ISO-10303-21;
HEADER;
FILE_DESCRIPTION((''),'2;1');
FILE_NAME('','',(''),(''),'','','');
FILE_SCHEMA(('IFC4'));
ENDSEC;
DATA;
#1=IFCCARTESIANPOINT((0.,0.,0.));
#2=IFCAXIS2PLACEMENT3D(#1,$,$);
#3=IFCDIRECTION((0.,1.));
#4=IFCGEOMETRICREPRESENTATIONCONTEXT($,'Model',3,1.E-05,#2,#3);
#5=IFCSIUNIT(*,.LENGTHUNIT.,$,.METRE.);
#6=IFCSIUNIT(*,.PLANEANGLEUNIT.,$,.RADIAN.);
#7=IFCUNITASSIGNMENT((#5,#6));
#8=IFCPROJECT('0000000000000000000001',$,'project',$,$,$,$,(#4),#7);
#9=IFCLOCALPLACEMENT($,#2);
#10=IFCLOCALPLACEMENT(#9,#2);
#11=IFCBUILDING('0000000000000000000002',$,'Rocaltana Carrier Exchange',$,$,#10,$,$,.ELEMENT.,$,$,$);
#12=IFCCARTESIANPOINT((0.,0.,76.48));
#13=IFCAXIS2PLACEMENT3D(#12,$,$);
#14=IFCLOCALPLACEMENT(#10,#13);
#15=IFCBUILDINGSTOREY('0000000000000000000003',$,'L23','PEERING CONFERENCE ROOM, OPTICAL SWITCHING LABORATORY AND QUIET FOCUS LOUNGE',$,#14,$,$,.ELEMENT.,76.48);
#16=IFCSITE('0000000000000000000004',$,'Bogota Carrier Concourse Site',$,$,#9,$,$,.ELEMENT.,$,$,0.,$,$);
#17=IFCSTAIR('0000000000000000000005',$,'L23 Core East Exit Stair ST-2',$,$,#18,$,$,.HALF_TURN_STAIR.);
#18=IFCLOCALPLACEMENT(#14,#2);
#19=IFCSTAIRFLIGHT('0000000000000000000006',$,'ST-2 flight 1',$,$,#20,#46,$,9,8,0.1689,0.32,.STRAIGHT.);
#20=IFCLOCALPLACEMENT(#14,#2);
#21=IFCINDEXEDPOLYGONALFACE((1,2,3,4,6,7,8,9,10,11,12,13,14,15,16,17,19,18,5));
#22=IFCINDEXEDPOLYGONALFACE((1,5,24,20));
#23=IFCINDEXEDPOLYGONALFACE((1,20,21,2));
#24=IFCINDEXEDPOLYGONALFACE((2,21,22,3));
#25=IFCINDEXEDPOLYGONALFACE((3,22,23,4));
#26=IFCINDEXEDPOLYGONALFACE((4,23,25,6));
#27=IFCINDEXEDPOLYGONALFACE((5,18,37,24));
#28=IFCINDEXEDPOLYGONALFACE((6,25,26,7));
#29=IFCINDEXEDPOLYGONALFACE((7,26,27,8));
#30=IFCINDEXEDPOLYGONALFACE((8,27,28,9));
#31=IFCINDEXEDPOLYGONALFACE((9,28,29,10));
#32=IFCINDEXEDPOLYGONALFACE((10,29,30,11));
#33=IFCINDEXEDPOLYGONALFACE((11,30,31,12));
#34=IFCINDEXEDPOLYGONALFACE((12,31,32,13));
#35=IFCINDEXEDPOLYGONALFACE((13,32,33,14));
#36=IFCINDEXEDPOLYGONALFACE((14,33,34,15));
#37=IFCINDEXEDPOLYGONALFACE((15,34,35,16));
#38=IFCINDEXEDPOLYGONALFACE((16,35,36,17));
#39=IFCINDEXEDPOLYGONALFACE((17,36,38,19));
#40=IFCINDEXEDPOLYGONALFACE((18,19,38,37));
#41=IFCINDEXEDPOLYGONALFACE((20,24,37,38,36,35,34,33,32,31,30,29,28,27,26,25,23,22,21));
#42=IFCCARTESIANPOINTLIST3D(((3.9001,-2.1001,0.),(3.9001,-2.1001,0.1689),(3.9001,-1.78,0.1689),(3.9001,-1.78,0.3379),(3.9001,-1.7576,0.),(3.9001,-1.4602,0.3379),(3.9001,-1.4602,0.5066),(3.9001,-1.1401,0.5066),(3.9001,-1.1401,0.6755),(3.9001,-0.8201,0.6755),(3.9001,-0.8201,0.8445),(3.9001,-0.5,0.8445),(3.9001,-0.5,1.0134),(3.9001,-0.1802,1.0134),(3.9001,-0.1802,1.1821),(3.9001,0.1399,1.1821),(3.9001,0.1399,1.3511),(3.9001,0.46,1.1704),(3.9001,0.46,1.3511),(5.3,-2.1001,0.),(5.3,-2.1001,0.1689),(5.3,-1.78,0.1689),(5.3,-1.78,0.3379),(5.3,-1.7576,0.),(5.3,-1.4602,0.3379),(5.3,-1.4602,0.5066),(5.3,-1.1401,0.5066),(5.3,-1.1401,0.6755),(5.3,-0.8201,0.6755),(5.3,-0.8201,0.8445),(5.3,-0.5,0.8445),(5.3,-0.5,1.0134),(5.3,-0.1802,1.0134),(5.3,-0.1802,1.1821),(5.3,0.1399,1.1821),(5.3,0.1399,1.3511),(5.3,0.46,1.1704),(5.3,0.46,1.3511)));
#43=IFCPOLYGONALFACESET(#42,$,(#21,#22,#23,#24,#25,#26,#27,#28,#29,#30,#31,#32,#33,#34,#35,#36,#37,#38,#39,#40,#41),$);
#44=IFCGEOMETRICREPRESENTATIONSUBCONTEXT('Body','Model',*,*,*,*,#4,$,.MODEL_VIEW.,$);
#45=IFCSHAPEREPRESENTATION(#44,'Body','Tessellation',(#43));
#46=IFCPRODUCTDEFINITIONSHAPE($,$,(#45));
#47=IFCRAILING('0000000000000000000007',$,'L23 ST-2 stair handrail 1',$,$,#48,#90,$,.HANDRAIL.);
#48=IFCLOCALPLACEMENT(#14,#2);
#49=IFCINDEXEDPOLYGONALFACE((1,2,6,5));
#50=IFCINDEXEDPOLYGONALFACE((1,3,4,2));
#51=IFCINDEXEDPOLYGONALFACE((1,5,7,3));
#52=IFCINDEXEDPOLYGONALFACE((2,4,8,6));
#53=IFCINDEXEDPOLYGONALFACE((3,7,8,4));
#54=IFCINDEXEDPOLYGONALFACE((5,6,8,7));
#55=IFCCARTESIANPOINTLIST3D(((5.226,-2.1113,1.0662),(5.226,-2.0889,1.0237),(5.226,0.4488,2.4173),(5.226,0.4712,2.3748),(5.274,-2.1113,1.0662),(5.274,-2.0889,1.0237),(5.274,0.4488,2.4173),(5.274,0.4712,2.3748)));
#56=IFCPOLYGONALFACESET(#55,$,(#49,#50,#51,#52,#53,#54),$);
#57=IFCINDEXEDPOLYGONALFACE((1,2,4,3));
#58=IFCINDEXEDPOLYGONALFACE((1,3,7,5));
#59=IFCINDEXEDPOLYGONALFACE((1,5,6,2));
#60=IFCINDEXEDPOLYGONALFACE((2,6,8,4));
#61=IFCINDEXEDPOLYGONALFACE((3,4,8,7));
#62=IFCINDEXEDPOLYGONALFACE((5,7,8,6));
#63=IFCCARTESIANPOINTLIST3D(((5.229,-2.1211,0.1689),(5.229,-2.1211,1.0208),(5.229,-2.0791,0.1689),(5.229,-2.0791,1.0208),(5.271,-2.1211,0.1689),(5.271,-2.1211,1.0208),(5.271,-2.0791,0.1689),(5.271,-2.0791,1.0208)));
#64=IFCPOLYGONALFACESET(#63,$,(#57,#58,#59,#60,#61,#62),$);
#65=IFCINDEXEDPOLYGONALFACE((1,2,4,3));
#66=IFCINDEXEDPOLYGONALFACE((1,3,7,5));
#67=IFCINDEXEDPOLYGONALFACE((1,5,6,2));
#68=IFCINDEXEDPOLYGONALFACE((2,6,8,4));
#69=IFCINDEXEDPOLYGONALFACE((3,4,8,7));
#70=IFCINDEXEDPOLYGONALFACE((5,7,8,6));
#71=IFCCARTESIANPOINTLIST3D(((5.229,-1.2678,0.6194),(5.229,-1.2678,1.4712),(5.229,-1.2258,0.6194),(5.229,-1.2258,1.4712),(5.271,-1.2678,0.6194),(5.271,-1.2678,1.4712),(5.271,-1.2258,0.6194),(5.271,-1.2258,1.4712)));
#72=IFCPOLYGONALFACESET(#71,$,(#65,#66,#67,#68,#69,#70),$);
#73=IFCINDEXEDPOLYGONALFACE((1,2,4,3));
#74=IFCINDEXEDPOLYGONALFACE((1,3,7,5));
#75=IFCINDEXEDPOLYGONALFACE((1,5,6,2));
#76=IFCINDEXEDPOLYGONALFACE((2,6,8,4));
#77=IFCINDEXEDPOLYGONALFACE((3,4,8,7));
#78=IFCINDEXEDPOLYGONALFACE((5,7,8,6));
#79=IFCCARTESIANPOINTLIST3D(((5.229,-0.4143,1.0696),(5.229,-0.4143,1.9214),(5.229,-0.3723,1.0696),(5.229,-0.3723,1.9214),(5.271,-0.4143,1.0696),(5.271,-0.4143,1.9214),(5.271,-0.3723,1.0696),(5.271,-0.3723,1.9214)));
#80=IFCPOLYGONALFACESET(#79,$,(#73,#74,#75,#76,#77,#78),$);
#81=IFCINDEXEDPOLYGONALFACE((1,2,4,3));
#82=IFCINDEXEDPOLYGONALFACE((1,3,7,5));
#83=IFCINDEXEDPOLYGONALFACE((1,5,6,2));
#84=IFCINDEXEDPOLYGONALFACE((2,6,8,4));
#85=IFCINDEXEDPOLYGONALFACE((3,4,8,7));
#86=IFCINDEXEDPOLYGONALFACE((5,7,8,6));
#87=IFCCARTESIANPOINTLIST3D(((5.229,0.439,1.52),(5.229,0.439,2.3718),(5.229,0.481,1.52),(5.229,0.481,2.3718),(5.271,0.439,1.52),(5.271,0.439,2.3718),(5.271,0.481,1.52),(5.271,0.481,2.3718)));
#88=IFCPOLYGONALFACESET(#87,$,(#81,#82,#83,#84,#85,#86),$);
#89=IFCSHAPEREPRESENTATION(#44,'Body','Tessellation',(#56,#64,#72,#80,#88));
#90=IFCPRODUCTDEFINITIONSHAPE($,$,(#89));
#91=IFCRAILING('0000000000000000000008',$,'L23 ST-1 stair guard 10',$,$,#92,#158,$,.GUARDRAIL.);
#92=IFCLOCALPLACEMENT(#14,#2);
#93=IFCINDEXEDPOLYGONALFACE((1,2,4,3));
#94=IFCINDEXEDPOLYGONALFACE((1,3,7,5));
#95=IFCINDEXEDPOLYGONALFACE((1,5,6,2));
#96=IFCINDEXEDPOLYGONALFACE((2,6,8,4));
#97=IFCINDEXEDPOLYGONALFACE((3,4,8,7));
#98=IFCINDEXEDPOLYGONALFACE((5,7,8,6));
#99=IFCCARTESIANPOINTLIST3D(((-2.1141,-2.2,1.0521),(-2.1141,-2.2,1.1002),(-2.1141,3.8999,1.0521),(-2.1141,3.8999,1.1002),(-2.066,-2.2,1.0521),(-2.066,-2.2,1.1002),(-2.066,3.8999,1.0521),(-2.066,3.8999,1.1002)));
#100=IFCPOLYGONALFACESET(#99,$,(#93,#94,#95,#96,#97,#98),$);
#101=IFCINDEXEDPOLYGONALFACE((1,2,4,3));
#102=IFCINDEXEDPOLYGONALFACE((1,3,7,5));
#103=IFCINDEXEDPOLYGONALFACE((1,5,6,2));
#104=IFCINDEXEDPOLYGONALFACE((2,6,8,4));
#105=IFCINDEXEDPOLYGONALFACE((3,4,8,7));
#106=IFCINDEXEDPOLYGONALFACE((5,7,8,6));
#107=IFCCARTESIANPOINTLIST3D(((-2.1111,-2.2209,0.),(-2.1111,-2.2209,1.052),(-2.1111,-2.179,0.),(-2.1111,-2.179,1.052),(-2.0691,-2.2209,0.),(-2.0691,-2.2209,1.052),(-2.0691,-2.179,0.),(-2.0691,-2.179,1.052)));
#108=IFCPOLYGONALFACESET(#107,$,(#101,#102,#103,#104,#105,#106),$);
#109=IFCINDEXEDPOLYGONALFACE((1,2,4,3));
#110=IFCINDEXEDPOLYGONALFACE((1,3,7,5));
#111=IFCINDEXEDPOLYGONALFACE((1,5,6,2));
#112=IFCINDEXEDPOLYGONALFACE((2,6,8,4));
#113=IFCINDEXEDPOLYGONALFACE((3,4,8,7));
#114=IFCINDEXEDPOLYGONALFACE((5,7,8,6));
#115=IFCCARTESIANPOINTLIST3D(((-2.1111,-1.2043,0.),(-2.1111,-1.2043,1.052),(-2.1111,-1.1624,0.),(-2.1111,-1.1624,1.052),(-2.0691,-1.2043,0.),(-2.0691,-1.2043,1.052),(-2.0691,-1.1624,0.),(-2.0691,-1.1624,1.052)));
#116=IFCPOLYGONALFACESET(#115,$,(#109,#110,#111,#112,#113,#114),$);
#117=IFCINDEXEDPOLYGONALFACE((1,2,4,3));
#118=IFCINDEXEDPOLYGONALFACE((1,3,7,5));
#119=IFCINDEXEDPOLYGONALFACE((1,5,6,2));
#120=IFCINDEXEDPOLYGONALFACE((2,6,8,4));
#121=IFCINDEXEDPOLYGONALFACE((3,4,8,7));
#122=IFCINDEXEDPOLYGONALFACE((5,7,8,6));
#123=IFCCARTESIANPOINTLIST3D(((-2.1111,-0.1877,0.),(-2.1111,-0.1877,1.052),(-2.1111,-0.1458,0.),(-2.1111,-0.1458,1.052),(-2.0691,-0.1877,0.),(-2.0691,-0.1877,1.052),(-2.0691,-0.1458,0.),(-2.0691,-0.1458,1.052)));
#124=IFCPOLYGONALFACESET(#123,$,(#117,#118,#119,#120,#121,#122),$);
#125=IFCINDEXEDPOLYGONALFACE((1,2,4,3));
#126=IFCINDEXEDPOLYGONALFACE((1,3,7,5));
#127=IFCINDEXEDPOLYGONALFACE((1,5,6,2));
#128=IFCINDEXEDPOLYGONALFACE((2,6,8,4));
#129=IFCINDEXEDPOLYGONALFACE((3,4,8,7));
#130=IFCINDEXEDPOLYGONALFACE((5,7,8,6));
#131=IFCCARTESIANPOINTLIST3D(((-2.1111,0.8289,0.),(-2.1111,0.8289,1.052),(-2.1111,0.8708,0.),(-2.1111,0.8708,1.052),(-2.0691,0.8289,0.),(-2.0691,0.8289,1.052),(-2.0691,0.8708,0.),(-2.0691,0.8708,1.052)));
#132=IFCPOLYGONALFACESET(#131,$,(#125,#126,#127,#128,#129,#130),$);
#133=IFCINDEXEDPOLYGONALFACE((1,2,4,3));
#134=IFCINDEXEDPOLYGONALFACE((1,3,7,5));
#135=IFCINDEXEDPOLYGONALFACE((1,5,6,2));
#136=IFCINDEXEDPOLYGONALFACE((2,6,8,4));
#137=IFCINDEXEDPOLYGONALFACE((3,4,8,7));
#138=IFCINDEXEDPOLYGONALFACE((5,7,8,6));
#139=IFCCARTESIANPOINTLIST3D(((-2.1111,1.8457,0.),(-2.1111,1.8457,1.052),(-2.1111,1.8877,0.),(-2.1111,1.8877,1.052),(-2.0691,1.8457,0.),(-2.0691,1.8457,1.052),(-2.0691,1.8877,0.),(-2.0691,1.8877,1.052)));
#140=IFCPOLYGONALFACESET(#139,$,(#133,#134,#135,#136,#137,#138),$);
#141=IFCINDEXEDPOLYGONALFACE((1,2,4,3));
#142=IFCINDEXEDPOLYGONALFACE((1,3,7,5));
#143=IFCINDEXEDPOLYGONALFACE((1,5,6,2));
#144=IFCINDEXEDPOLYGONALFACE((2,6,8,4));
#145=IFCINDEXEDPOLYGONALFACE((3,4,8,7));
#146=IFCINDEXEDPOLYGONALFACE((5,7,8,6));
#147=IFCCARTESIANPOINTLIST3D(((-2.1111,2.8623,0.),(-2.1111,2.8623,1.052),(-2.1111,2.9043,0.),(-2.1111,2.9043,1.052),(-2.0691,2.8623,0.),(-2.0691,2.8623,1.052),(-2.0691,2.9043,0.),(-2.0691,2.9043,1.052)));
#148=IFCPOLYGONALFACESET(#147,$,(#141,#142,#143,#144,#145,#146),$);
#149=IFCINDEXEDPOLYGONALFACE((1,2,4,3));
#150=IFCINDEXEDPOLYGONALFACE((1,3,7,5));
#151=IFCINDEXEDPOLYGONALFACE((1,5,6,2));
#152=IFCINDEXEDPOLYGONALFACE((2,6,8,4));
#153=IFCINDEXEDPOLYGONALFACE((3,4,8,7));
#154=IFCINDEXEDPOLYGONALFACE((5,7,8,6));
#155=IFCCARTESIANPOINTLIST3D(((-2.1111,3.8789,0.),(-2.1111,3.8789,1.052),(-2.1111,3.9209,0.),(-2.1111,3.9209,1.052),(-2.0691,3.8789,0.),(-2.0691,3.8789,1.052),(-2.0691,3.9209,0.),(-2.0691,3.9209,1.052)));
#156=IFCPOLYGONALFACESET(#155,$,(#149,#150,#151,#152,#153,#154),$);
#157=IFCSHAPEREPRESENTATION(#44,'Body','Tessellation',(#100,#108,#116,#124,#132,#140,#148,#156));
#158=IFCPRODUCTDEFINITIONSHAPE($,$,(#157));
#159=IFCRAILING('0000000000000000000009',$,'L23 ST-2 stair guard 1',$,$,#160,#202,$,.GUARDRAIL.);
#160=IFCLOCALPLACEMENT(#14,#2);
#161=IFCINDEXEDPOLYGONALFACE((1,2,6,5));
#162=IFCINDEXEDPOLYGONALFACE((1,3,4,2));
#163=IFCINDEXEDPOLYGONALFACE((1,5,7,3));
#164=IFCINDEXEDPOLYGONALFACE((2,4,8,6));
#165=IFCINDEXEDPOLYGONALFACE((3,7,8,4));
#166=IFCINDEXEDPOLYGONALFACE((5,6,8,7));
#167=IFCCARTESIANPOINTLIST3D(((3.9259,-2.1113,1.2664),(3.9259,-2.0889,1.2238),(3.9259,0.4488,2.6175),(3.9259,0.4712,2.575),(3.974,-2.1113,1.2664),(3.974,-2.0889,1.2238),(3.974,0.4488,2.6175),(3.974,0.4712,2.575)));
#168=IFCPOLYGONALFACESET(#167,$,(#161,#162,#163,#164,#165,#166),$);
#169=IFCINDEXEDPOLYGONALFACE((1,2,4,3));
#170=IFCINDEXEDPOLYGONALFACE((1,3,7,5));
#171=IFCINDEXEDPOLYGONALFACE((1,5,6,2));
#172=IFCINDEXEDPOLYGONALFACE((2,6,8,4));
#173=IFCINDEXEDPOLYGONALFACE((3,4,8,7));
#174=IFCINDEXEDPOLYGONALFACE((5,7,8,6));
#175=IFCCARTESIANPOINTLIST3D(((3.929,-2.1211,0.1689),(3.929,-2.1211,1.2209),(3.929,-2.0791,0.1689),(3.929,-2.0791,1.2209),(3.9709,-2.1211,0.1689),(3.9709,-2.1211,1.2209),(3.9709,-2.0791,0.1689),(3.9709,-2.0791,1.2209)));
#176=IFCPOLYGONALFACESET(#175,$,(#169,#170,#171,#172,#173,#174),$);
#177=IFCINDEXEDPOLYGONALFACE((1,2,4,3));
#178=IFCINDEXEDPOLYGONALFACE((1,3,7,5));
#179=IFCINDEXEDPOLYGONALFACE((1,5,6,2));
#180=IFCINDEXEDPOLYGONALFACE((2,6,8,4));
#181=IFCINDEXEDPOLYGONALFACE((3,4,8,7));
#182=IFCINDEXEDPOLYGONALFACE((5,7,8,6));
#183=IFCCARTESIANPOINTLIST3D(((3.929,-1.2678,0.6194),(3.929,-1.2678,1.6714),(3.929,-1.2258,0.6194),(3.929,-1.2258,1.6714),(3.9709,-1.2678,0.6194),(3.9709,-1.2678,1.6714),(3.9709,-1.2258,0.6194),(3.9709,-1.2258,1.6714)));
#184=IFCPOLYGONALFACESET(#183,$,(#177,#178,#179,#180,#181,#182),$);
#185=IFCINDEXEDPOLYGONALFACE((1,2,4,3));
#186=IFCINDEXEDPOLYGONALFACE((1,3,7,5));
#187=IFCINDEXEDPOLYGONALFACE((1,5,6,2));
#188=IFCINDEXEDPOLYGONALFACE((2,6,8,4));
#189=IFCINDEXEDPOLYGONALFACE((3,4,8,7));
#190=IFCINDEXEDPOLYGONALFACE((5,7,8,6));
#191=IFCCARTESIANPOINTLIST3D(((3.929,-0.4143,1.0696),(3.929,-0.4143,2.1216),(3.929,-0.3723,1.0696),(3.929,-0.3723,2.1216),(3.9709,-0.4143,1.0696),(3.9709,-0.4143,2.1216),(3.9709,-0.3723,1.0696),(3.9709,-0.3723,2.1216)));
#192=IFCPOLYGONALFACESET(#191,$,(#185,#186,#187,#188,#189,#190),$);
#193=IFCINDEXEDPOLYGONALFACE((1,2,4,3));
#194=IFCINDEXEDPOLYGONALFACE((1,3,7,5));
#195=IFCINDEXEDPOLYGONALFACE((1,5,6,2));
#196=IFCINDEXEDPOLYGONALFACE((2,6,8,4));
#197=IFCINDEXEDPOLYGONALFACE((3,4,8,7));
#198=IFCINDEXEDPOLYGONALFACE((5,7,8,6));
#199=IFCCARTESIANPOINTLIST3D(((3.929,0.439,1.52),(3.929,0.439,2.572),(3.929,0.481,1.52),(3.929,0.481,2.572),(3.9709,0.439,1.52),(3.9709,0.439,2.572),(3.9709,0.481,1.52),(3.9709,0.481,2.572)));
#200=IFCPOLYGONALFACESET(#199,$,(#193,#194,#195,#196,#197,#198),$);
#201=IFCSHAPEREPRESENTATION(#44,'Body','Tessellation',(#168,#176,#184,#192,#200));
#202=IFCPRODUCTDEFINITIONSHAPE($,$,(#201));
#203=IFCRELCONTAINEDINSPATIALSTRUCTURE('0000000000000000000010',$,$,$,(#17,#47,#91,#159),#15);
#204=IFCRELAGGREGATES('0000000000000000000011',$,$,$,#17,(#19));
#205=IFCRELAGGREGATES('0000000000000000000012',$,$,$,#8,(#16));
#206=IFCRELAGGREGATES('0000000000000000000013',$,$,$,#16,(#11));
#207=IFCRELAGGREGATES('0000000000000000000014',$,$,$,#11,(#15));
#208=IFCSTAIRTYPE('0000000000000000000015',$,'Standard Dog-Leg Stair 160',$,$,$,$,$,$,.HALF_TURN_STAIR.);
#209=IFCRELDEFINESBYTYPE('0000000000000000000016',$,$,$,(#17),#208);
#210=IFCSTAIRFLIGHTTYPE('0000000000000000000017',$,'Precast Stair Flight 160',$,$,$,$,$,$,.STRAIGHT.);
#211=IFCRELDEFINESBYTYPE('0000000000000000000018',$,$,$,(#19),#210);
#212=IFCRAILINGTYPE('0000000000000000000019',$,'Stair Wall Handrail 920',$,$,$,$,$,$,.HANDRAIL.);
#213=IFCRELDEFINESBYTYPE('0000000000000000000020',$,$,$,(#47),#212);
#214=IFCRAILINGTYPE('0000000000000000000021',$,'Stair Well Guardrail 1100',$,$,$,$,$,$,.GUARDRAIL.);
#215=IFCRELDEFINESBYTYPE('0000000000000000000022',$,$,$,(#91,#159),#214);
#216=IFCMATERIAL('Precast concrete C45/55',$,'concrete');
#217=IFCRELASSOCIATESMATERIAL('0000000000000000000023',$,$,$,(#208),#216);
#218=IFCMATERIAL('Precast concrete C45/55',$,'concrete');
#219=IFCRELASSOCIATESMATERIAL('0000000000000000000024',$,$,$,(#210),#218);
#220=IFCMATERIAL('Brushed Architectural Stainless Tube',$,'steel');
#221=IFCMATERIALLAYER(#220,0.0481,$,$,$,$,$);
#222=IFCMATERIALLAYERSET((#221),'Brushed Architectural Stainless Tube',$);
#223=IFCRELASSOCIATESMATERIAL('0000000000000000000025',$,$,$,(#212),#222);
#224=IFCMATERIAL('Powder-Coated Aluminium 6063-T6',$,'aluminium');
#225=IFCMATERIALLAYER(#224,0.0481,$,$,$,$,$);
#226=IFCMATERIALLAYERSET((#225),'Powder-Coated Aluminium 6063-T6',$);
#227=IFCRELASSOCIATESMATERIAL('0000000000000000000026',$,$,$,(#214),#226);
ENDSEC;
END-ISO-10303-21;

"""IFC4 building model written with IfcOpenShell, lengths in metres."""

from ifc_helpers import new_model, si_unit, direction, frame, origin, origin_2d, place, context, subcontext, project, spatial, polyline, rectangle, outline, extrude, material, layer, layer_set, type_object, element, aggregate, save


model = new_model("IFC4")

# Units and contexts
model_context = context("Model", 3, precision=1e-05, world=origin(), true_north=direction((0.0, 1.0)))
body_context = subcontext(model_context, "Body", "Model", "MODEL_VIEW")
ifc_project = project(units=[si_unit("LENGTHUNIT", "METRE"), si_unit("PLANEANGLEUNIT", "RADIAN")], contexts=[model_context])

# Site, building, storey
site_placement = place(None, origin())
site = spatial("IfcSite", under=ifc_project, at=site_placement, Name="Bogota Carrier Concourse Site", CompositionType="ELEMENT", RefElevation=0.0)
building_placement = place(site_placement, origin())
building = spatial("IfcBuilding", under=site, at=building_placement, Name="Rocaltana Carrier Exchange", CompositionType="ELEMENT")
storey_placement = place(building_placement, frame((0.0, 0.0, 76.48)))
storey = spatial("IfcBuildingStorey", under=building, at=storey_placement, Name="L23", Description="PEERING CONFERENCE ROOM, OPTICAL SWITCHING LABORATORY AND QUIET FOCUS LOUNGE", CompositionType="ELEMENT", Elevation=76.48)

# Stair, stair flight
ifc_material_1 = material(Name="Precast concrete C45/55", Category="concrete")
stair_type = type_object("IfcStairType", Name="Standard Dog-Leg Stair 160", PredefinedType="HALF_TURN_STAIR", material=ifc_material_1)
stair_placement = place(storey_placement, origin())
stair = element("IfcStair", 1, at=stair_placement, inside=storey, type_object=stair_type, Name="L23 Core East Exit Stair ST-2", PredefinedType="HALF_TURN_STAIR")
ifc_material_2 = material(Name="Precast concrete C45/55", Category="concrete")
stair_flight_type = type_object("IfcStairFlightType", Name="Precast Stair Flight 160", PredefinedType="STRAIGHT", material=ifc_material_2)
stair_flight_placement = place(storey_placement, frame((4.6001, -2.1001, 0.0), z_axis=(0.0, 0.0, 1.0), x_axis=(0.0, 1.0, 0.0)))
stair_flight = element("IfcStairFlight", 2, at=stair_flight_placement, type_object=stair_flight_type, Name="ST-2 flight 1", NumberOfRisers=9, NumberOfTreads=8, PredefinedType="STRAIGHT", RiserHeight=0.1689, TreadLength=0.32, context=body_context, shape_type="SweptSolid", body=[
    extrude(outline(polyline([(0.0, 0.0), (0.0, 0.1689), (0.3201, 0.1689), (0.3201, 0.3379), (0.6399, 0.3379), (0.6399, 0.5066), (0.96, 0.5066), (0.96, 0.6755), (1.28, 0.6755), (1.28, 0.8445), (1.6001, 0.8445), (1.6001, 1.0134), (1.9199, 1.0134), (1.9199, 1.1821), (2.24, 1.1821), (2.24, 1.3511), (2.5601, 1.3511), (2.5601, 1.52), (2.5601, 1.1704), (0.3425, 0.0), (0.0, 0.0)])), frame((0.0, 0.7, 0.0), z_axis=(0.0, -1.0, 0.0), x_axis=(1.0, 0.0, 0.0)), (0.0, 0.0, 1.0), 1.3999),
])
aggregate(stair, [stair_flight])

# Railings
ifc_material_3 = material(Name="Brushed Architectural Stainless Tube", Category="steel")
ifc_layer_1 = layer(ifc_material_3, 0.0481)
ifc_layer_set_1 = layer_set([ifc_layer_1], Name="Brushed Architectural Stainless Tube")
railing_type_1 = type_object("IfcRailingType", Name="Stair Wall Handrail 920", PredefinedType="HANDRAIL", material=ifc_layer_set_1)
railing_1_placement = place(storey_placement, frame((5.25, -2.1001, 0.1689)))
element("IfcRailing", 3, at=railing_1_placement, inside=storey, type_object=railing_type_1, Name="L23 ST-2 stair handrail 1", PredefinedType="HANDRAIL", context=body_context, shape_type="SweptSolid", body=[
    extrude(rectangle(XDim=0.0481, YDim=0.0481, at=origin_2d()), frame((0.0, 0.0, 0.876), z_axis=(0.0, 0.884394, 0.46674), x_axis=(-1.0, 0.0, 0.0)), (0.0, 0.0, 1.0), 2.8948),
    extrude(rectangle(XDim=0.042, YDim=0.042, at=origin_2d()), origin(), (0.0, 0.0, 1.0), 0.8518),
    extrude(rectangle(XDim=0.042, YDim=0.042, at=origin_2d()), frame((0.0, 0.8533, 0.4504)), (0.0, 0.0, 1.0), 0.8518),
    extrude(rectangle(XDim=0.042, YDim=0.042, at=origin_2d()), frame((0.0, 1.7068, 0.9006)), (0.0, 0.0, 1.0), 0.8518),
    extrude(rectangle(XDim=0.042, YDim=0.042, at=origin_2d()), frame((0.0, 2.5601, 1.3511)), (0.0, 0.0, 1.0), 0.8518),
])
ifc_material_4 = material(Name="Powder-Coated Aluminium 6063-T6", Category="aluminium")
ifc_layer_2 = layer(ifc_material_4, 0.0481)
ifc_layer_set_2 = layer_set([ifc_layer_2], Name="Powder-Coated Aluminium 6063-T6")
railing_type_2 = type_object("IfcRailingType", Name="Stair Well Guardrail 1100", PredefinedType="GUARDRAIL", material=ifc_layer_set_2)
railing_2_placement = place(storey_placement, frame((-2.0901, -2.2, 0.0)))
element("IfcRailing", 4, at=railing_2_placement, inside=storey, type_object=railing_type_2, Name="L23 ST-1 stair guard 10", PredefinedType="GUARDRAIL", context=body_context, shape_type="SweptSolid", body=[
    extrude(rectangle(XDim=0.0481, YDim=0.0481, at=origin_2d()), frame((0.0, 0.0, 1.0762), z_axis=(0.0, 1.0, 0.0), x_axis=(-1.0, 0.0, 0.0)), (0.0, 0.0, 1.0), 6.0999),
    extrude(rectangle(XDim=0.042, YDim=0.042, at=origin_2d()), origin(), (0.0, 0.0, 1.0), 1.052),
    extrude(rectangle(XDim=0.042, YDim=0.042, at=origin_2d()), frame((0.0, 1.0166, 0.0)), (0.0, 0.0, 1.0), 1.052),
    extrude(rectangle(XDim=0.042, YDim=0.042, at=origin_2d()), frame((0.0, 2.0332, 0.0)), (0.0, 0.0, 1.0), 1.052),
    extrude(rectangle(XDim=0.042, YDim=0.042, at=origin_2d()), frame((0.0, 3.0498, 0.0)), (0.0, 0.0, 1.0), 1.052),
    extrude(rectangle(XDim=0.042, YDim=0.042, at=origin_2d()), frame((0.0, 4.0667, 0.0)), (0.0, 0.0, 1.0), 1.052),
    extrude(rectangle(XDim=0.042, YDim=0.042, at=origin_2d()), frame((0.0, 5.0833, 0.0)), (0.0, 0.0, 1.0), 1.052),
    extrude(rectangle(XDim=0.042, YDim=0.042, at=origin_2d()), frame((0.0, 6.0999, 0.0)), (0.0, 0.0, 1.0), 1.052),
])
railing_3_placement = place(storey_placement, frame((3.95, -2.1001, 0.1689)))
element("IfcRailing", 5, at=railing_3_placement, inside=storey, type_object=railing_type_2, Name="L23 ST-2 stair guard 1", PredefinedType="GUARDRAIL", context=body_context, shape_type="SweptSolid", body=[
    extrude(rectangle(XDim=0.0481, YDim=0.0481, at=origin_2d()), frame((0.0, 0.0, 1.0762), z_axis=(0.0, 0.884394, 0.46674), x_axis=(-1.0, 0.0, 0.0)), (0.0, 0.0, 1.0), 2.8948),
    extrude(rectangle(XDim=0.042, YDim=0.042, at=origin_2d()), origin(), (0.0, 0.0, 1.0), 1.052),
    extrude(rectangle(XDim=0.042, YDim=0.042, at=origin_2d()), frame((0.0, 0.8533, 0.4504)), (0.0, 0.0, 1.0), 1.052),
    extrude(rectangle(XDim=0.042, YDim=0.042, at=origin_2d()), frame((0.0, 1.7068, 0.9006)), (0.0, 0.0, 1.0), 1.052),
    extrude(rectangle(XDim=0.042, YDim=0.042, at=origin_2d()), frame((0.0, 2.5601, 1.3511)), (0.0, 0.0, 1.0), 1.052),
])

save(model, "model.ifc")
